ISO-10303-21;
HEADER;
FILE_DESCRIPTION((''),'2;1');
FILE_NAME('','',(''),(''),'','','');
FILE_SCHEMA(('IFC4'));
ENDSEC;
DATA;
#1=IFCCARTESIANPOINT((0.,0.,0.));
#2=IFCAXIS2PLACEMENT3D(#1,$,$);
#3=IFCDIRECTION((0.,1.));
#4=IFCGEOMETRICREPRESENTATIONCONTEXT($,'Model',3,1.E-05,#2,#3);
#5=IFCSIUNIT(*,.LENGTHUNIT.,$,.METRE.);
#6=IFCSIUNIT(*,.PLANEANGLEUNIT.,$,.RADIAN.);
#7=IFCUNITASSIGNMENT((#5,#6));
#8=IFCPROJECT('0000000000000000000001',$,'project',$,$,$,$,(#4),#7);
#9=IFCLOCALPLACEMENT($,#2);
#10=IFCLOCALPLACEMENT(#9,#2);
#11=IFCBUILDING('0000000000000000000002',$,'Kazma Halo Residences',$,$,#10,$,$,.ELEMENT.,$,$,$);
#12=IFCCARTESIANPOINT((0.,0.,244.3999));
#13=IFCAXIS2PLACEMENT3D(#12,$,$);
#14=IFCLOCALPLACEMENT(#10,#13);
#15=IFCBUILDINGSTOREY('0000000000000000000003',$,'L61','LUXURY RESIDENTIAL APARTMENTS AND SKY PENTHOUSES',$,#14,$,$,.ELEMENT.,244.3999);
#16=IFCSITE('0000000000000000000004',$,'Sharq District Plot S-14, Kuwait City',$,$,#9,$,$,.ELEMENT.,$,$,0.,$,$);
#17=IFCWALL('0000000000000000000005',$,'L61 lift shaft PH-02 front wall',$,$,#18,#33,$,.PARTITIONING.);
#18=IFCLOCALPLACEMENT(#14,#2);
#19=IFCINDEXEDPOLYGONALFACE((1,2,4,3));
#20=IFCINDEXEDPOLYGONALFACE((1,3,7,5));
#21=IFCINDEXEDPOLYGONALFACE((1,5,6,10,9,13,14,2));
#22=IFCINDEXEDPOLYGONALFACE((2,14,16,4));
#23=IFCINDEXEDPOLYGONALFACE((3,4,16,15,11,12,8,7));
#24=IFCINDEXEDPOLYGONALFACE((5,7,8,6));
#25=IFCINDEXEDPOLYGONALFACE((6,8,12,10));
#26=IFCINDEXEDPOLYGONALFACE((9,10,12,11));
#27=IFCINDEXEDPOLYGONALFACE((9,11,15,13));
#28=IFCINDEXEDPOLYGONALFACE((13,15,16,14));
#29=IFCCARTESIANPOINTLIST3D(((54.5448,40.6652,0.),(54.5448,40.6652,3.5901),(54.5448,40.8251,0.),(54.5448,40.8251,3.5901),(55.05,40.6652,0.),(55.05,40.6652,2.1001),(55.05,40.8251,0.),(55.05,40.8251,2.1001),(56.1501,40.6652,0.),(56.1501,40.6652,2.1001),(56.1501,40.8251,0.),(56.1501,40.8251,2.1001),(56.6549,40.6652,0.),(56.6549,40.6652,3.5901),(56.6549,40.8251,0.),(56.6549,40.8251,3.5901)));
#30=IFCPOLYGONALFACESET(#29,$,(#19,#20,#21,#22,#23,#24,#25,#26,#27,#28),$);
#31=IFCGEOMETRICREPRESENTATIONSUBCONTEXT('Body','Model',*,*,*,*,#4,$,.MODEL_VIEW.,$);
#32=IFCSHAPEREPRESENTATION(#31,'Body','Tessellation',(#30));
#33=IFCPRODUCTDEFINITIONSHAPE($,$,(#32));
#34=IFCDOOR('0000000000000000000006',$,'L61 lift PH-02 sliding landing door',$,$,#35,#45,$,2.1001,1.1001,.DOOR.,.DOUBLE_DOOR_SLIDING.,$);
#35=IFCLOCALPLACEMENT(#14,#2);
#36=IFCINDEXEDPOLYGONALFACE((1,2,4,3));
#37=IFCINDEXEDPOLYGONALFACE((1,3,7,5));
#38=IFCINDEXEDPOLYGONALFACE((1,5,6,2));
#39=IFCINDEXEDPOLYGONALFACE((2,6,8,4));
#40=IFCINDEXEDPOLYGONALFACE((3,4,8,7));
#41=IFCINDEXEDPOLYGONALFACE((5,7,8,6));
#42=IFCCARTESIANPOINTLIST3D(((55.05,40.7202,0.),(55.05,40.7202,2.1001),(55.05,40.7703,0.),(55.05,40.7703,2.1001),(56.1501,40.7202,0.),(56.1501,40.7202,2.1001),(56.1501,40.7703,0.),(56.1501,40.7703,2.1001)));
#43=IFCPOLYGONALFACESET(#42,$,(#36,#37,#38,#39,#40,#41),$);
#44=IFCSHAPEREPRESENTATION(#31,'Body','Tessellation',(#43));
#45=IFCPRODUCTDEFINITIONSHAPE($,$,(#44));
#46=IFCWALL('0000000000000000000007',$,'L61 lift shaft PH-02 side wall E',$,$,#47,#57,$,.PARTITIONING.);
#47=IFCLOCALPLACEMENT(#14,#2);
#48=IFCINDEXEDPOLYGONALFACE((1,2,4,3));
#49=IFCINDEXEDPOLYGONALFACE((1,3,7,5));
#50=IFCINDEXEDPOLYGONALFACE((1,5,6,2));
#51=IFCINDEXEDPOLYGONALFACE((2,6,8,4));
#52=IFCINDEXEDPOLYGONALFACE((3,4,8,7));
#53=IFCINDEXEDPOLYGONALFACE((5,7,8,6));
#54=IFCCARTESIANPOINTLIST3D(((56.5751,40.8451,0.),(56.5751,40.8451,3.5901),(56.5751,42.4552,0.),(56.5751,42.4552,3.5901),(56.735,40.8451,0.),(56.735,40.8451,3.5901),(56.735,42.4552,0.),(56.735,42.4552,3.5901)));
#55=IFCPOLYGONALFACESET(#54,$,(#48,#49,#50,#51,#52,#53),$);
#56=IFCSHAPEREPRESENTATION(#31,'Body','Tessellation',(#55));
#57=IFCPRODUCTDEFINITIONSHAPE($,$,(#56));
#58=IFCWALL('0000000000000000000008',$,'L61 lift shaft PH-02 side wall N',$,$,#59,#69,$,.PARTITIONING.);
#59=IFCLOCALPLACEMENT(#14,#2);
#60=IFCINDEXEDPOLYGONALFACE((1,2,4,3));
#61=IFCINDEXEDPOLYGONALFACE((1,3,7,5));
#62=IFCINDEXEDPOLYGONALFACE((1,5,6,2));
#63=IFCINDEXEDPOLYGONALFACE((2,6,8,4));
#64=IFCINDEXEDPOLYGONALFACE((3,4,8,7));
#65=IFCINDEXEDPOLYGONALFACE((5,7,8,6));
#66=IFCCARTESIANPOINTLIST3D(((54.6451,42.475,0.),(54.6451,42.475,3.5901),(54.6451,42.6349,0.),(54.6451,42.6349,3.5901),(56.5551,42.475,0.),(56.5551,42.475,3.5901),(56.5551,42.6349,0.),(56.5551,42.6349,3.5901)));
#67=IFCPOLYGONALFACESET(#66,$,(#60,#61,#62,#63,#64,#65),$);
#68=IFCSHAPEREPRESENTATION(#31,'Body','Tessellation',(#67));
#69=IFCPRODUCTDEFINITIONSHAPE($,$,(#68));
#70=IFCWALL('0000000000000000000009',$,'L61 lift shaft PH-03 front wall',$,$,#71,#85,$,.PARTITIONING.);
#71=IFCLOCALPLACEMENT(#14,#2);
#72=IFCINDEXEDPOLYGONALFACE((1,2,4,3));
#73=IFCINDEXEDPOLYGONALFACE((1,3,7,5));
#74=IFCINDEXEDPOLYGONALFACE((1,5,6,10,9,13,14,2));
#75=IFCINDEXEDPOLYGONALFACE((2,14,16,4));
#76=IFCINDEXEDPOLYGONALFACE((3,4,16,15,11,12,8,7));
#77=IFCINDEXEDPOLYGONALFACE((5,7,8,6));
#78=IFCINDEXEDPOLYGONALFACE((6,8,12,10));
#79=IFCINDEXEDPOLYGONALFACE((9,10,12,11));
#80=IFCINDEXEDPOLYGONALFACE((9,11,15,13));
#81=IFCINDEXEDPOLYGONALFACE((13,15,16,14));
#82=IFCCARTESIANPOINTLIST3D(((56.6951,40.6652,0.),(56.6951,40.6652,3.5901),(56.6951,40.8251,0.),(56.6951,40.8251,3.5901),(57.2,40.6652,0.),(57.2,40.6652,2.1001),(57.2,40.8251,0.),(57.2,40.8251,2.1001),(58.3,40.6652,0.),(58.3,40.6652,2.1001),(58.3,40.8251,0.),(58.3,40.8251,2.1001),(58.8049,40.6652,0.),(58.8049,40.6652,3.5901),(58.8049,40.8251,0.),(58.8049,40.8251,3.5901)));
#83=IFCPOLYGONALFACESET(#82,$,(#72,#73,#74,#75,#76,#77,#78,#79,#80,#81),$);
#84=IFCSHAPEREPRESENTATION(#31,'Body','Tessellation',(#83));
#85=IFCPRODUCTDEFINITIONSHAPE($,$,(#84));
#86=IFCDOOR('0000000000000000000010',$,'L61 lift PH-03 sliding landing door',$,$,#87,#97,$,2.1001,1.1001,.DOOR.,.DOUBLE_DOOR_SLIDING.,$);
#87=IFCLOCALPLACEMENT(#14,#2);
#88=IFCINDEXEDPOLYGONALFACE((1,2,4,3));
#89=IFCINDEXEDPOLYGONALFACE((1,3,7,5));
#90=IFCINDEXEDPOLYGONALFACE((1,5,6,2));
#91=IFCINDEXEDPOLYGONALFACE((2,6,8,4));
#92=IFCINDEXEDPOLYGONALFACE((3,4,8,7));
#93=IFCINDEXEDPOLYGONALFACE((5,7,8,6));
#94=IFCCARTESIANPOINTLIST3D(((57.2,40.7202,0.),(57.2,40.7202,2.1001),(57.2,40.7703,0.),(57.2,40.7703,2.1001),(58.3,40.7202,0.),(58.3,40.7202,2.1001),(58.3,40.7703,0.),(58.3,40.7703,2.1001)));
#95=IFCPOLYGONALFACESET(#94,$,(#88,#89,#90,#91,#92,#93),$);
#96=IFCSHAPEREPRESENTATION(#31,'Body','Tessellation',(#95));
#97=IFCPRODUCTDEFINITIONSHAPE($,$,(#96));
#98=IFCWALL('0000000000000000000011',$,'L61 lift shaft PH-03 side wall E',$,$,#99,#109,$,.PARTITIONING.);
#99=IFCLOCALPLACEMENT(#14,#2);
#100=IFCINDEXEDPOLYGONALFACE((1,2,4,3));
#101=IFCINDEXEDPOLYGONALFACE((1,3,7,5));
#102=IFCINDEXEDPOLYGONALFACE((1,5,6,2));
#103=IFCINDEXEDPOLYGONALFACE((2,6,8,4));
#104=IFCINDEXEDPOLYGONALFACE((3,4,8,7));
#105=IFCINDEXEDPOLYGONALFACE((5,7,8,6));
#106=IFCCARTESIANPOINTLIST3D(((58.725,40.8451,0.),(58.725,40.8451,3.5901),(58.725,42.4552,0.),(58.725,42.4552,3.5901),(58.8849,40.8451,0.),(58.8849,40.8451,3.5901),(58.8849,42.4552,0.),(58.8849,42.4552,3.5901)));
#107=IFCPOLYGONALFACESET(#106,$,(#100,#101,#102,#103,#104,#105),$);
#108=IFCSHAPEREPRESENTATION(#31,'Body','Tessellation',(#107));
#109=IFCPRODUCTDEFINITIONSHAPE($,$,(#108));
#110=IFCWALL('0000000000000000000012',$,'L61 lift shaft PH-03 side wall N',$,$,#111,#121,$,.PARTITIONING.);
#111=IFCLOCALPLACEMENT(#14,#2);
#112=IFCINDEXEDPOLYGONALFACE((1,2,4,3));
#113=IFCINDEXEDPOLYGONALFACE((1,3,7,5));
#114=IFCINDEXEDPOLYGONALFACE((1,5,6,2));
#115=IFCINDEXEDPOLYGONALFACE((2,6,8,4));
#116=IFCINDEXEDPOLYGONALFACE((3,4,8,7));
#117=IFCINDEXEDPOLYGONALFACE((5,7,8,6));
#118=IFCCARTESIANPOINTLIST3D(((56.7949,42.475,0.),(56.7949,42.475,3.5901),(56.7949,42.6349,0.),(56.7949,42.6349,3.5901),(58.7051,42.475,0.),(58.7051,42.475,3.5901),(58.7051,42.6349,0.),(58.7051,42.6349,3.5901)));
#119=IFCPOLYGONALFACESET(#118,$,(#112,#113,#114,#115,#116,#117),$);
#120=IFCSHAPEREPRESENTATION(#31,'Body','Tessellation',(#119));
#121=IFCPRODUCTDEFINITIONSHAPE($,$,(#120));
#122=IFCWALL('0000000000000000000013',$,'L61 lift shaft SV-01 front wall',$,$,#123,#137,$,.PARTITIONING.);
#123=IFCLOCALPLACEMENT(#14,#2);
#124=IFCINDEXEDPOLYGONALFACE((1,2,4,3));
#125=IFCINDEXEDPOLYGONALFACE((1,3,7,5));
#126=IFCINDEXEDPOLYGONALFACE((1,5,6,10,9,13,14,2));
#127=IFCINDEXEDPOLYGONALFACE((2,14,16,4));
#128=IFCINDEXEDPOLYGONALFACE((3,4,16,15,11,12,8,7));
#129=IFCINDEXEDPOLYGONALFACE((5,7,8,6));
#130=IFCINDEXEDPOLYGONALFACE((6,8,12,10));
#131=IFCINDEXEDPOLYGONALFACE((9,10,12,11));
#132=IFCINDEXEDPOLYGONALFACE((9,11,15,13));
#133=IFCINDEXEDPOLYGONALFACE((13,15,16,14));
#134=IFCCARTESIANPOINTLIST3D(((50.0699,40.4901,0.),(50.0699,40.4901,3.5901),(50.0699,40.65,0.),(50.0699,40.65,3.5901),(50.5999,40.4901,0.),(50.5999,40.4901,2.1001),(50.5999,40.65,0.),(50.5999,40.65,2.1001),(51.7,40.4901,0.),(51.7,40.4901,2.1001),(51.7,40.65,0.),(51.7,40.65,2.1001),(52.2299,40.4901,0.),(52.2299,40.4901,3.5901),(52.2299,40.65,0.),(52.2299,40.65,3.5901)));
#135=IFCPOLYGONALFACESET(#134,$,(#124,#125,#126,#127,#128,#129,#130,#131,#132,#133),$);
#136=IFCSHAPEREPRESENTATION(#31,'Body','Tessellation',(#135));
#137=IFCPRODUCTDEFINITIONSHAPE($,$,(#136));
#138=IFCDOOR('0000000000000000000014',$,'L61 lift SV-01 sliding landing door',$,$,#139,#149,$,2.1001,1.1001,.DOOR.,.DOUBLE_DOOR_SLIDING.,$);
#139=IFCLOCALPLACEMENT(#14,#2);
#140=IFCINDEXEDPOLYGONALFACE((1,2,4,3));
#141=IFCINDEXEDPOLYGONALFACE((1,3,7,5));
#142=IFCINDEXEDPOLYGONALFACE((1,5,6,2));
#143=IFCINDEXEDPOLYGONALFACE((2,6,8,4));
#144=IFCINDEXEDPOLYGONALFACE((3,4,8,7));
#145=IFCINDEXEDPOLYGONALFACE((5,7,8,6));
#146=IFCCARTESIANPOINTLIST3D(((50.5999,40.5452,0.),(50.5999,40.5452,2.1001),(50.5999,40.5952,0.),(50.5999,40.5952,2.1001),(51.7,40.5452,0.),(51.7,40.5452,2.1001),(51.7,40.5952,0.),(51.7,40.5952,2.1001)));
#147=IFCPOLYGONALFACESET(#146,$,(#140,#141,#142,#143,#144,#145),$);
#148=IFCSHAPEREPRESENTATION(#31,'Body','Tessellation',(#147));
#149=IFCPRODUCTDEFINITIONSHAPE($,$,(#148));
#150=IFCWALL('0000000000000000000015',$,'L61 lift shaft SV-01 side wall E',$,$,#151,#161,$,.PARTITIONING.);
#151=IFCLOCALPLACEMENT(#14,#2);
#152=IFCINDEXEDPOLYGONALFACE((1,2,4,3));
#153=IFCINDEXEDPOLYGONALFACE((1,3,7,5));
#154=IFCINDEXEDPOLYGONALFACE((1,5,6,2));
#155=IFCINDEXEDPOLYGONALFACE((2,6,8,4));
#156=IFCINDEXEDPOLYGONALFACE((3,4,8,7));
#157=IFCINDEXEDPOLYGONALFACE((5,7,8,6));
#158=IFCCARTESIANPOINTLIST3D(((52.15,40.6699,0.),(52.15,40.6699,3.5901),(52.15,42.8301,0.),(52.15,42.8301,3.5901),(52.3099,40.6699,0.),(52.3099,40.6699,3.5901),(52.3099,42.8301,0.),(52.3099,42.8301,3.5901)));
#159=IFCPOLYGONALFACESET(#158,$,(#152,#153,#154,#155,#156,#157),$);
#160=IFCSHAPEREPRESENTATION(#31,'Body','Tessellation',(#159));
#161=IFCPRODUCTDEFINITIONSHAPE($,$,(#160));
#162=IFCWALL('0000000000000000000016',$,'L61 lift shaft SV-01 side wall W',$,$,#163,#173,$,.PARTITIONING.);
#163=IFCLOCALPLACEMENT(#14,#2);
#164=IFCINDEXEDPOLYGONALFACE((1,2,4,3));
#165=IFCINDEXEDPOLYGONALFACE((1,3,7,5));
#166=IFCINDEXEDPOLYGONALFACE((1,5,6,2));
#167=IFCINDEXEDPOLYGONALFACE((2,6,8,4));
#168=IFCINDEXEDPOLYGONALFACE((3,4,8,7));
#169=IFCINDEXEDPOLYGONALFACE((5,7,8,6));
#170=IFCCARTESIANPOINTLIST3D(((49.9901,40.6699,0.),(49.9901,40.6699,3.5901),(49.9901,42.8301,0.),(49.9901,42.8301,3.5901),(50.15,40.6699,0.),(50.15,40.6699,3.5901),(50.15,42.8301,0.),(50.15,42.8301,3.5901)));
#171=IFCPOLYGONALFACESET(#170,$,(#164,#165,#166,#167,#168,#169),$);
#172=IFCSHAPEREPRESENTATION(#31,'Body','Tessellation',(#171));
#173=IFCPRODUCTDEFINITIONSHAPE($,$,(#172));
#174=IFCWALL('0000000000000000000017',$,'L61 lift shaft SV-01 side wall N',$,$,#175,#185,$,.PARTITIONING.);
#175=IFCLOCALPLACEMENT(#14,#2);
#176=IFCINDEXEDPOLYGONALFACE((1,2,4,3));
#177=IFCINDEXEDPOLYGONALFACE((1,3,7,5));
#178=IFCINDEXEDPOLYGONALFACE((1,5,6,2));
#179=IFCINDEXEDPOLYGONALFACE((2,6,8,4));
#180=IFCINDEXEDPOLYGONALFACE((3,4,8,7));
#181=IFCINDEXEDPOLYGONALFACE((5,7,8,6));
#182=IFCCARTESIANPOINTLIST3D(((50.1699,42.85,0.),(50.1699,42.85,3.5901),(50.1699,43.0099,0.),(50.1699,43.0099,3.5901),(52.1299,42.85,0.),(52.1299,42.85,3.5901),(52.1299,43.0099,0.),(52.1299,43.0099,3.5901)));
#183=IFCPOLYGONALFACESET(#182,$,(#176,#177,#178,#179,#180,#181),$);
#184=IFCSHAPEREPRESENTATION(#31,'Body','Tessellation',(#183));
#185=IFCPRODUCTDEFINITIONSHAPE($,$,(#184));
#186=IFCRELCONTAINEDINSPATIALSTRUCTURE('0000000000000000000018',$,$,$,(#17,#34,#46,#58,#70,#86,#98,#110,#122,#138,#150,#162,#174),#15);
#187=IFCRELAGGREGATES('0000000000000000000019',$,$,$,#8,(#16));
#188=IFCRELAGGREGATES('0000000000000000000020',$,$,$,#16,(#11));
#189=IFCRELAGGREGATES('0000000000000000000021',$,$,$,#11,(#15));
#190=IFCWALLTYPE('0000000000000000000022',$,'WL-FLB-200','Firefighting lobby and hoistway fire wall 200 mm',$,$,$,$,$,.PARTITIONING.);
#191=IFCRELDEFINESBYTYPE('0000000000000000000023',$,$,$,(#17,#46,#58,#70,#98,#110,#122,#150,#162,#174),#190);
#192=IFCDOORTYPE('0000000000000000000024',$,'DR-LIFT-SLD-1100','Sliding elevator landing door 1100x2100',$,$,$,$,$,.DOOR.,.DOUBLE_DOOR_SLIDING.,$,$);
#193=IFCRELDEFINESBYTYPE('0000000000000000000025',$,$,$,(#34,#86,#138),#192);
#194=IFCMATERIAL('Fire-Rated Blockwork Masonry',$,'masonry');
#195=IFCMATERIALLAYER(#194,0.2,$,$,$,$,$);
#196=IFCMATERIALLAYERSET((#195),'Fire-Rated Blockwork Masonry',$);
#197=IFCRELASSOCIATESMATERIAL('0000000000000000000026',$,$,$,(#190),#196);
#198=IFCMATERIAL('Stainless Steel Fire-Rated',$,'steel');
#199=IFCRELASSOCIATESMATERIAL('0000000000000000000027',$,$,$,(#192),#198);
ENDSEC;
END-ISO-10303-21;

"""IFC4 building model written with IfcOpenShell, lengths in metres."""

from ifc_helpers import new_model, si_unit, direction, frame, frame_2d, origin, place, context, subcontext, project, spatial, rectangle, extrude, material, layer, layer_set, type_object, element, fill, save


model = new_model("IFC4")

# Units and contexts
model_context = context("Model", 3, precision=1e-05, world=origin(), true_north=direction((0.0, 1.0)))
body_context = subcontext(model_context, "Body", "Model", "MODEL_VIEW")
ifc_project = project(units=[si_unit("LENGTHUNIT", "METRE"), si_unit("PLANEANGLEUNIT", "RADIAN")], contexts=[model_context])

# Site, building, storey
site_placement = place(None, origin())
site = spatial("IfcSite", under=ifc_project, at=site_placement, Name="Sharq District Plot S-14, Kuwait City", CompositionType="ELEMENT", RefElevation=0.0)
building_placement = place(site_placement, origin())
building = spatial("IfcBuilding", under=site, at=building_placement, Name="Kazma Halo Residences", CompositionType="ELEMENT")
storey_placement = place(building_placement, frame((0.0, 0.0, 244.3999)))
storey = spatial("IfcBuildingStorey", under=building, at=storey_placement, Name="L61", Description="LUXURY RESIDENTIAL APARTMENTS AND SKY PENTHOUSES", CompositionType="ELEMENT", Elevation=244.3999)

# Shared definitions
ifc_material_1 = material(Name="Fire-Rated Blockwork Masonry", Category="masonry")
ifc_layer_1 = layer(ifc_material_1, 0.2)
ifc_layer_set_1 = layer_set([ifc_layer_1], Name="Fire-Rated Blockwork Masonry")
wall_type_1 = type_object("IfcWallType", Name="WL-FLB-200", Description="Firefighting lobby and hoistway fire wall 200 mm", PredefinedType="PARTITIONING", material=ifc_layer_set_1)
ifc_material_2 = material(Name="Stainless Steel Fire-Rated", Category="steel")
door_type_1 = type_object("IfcDoorType", Name="DR-LIFT-SLD-1100", Description="Sliding elevator landing door 1100x2100", OperationType="DOUBLE_DOOR_SLIDING", PredefinedType="DOOR", material=ifc_material_2)

# Wall, opening, door
wall_1_placement = place(storey_placement, frame((56.655, 40.7451, 0.0), z_axis=(0.0, 0.0, 1.0), x_axis=(-1.0, 0.0, 0.0)))
wall_1 = element("IfcWall", 1, at=wall_1_placement, inside=storey, type_object=wall_type_1, Name="L61 lift shaft PH-02 front wall", PredefinedType="PARTITIONING", context=body_context, shape_type="SweptSolid", body=[
    extrude(rectangle(XDim=2.1101, YDim=0.1599, at=frame_2d((1.0552, 0.0))), origin(), (0.0, 0.0, 1.0), 3.5901),
])
opening_1_placement = place(wall_1_placement, frame((0.5049, 0.0, 0.0)))
opening_1 = element("IfcOpeningElement", 2, at=opening_1_placement, cuts=wall_1, PredefinedType="OPENING", context=body_context, shape_type="SweptSolid", body=[
    extrude(rectangle(XDim=1.1001, YDim=2.1001, at=frame_2d((0.55, 1.05))), frame((0.0, 0.0898, 0.0), z_axis=(0.0, -1.0, 0.0), x_axis=(1.0, 0.0, 0.0)), (0.0, 0.0, 1.0), 0.1799),
])
door_1_placement = place(opening_1_placement, origin())
door_1 = element("IfcDoor", 3, at=door_1_placement, inside=storey, type_object=door_type_1, Name="L61 lift PH-02 sliding landing door", OperationType="DOUBLE_DOOR_SLIDING", OverallHeight=2.1001, OverallWidth=1.1001, PredefinedType="DOOR", context=body_context, shape_type="SweptSolid", body=[
    extrude(rectangle(XDim=1.1001, YDim=2.1001, at=frame_2d((0.55, 1.05))), frame((0.0, 0.0249, 0.0), z_axis=(0.0, -1.0, 0.0), x_axis=(1.0, 0.0, 0.0)), (0.0, 0.0, 1.0), 0.05),
])
fill(opening_1, door_1)

# Walls
wall_2_placement = place(storey_placement, frame((56.655, 40.845, 0.0), z_axis=(0.0, 0.0, 1.0), x_axis=(0.0, 1.0, 0.0)))
element("IfcWall", 4, at=wall_2_placement, inside=storey, type_object=wall_type_1, Name="L61 lift shaft PH-02 side wall E", PredefinedType="PARTITIONING", context=body_context, shape_type="SweptSolid", body=[
    extrude(rectangle(XDim=1.6101, YDim=0.1599, at=frame_2d((0.8052, 0.0))), origin(), (0.0, 0.0, 1.0), 3.5901),
])
wall_3_placement = place(storey_placement, frame((54.645, 42.5549, 0.0), z_axis=(0.0, 0.0, 1.0), x_axis=(1.0, 0.0, 0.0)))
element("IfcWall", 5, at=wall_3_placement, inside=storey, type_object=wall_type_1, Name="L61 lift shaft PH-02 side wall N", PredefinedType="PARTITIONING", context=body_context, shape_type="SweptSolid", body=[
    extrude(rectangle(XDim=1.9099, YDim=0.1599, at=frame_2d((0.9551, 0.0))), origin(), (0.0, 0.0, 1.0), 3.5901),
])

# Wall, opening, door
wall_4_placement = place(storey_placement, frame((58.8049, 40.7451, 0.0), z_axis=(0.0, 0.0, 1.0), x_axis=(-1.0, 0.0, 0.0)))
wall_4 = element("IfcWall", 6, at=wall_4_placement, inside=storey, type_object=wall_type_1, Name="L61 lift shaft PH-03 front wall", PredefinedType="PARTITIONING", context=body_context, shape_type="SweptSolid", body=[
    extrude(rectangle(XDim=2.1099, YDim=0.1599, at=frame_2d((1.0549, 0.0))), origin(), (0.0, 0.0, 1.0), 3.5901),
])
opening_2_placement = place(wall_4_placement, frame((0.5049, 0.0, 0.0)))
opening_2 = element("IfcOpeningElement", 7, at=opening_2_placement, cuts=wall_4, PredefinedType="OPENING", context=body_context, shape_type="SweptSolid", body=[
    extrude(rectangle(XDim=1.1001, YDim=2.1001, at=frame_2d((0.55, 1.05))), frame((0.0, 0.0898, 0.0), z_axis=(0.0, -1.0, 0.0), x_axis=(1.0, 0.0, 0.0)), (0.0, 0.0, 1.0), 0.1799),
])
door_2_placement = place(opening_2_placement, origin())
door_2 = element("IfcDoor", 8, at=door_2_placement, inside=storey, type_object=door_type_1, Name="L61 lift PH-03 sliding landing door", OperationType="DOUBLE_DOOR_SLIDING", OverallHeight=2.1001, OverallWidth=1.1001, PredefinedType="DOOR", context=body_context, shape_type="SweptSolid", body=[
    extrude(rectangle(XDim=1.1001, YDim=2.1001, at=frame_2d((0.55, 1.05))), frame((0.0, 0.0249, 0.0), z_axis=(0.0, -1.0, 0.0), x_axis=(1.0, 0.0, 0.0)), (0.0, 0.0, 1.0), 0.05),
])
fill(opening_2, door_2)

# Walls
wall_5_placement = place(storey_placement, frame((58.8049, 40.845, 0.0), z_axis=(0.0, 0.0, 1.0), x_axis=(0.0, 1.0, 0.0)))
element("IfcWall", 9, at=wall_5_placement, inside=storey, type_object=wall_type_1, Name="L61 lift shaft PH-03 side wall E", PredefinedType="PARTITIONING", context=body_context, shape_type="SweptSolid", body=[
    extrude(rectangle(XDim=1.6101, YDim=0.1599, at=frame_2d((0.8052, 0.0))), origin(), (0.0, 0.0, 1.0), 3.5901),
])
wall_6_placement = place(storey_placement, frame((56.7949, 42.5549, 0.0), z_axis=(0.0, 0.0, 1.0), x_axis=(1.0, 0.0, 0.0)))
element("IfcWall", 10, at=wall_6_placement, inside=storey, type_object=wall_type_1, Name="L61 lift shaft PH-03 side wall N", PredefinedType="PARTITIONING", context=body_context, shape_type="SweptSolid", body=[
    extrude(rectangle(XDim=1.9102, YDim=0.1599, at=frame_2d((0.9551, 0.0))), origin(), (0.0, 0.0, 1.0), 3.5901),
])

# Wall, opening, door
wall_7_placement = place(storey_placement, frame((52.23, 40.5701, 0.0), z_axis=(0.0, 0.0, 1.0), x_axis=(-1.0, 0.0, 0.0)))
wall_7 = element("IfcWall", 11, at=wall_7_placement, inside=storey, type_object=wall_type_1, Name="L61 lift shaft SV-01 front wall", PredefinedType="PARTITIONING", context=body_context, shape_type="SweptSolid", body=[
    extrude(rectangle(XDim=2.1599, YDim=0.1599, at=frame_2d((1.0801, 0.0))), origin(), (0.0, 0.0, 1.0), 3.5901),
])
opening_3_placement = place(wall_7_placement, frame((0.53, 0.0, 0.0)))
opening_3 = element("IfcOpeningElement", 12, at=opening_3_placement, cuts=wall_7, PredefinedType="OPENING", context=body_context, shape_type="SweptSolid", body=[
    extrude(rectangle(XDim=1.1001, YDim=2.1001, at=frame_2d((0.55, 1.05))), frame((0.0, 0.0898, 0.0), z_axis=(0.0, -1.0, 0.0), x_axis=(1.0, 0.0, 0.0)), (0.0, 0.0, 1.0), 0.1799),
])
door_3_placement = place(opening_3_placement, origin())
door_3 = element("IfcDoor", 13, at=door_3_placement, inside=storey, type_object=door_type_1, Name="L61 lift SV-01 sliding landing door", OperationType="DOUBLE_DOOR_SLIDING", OverallHeight=2.1001, OverallWidth=1.1001, PredefinedType="DOOR", context=body_context, shape_type="SweptSolid", body=[
    extrude(rectangle(XDim=1.1001, YDim=2.1001, at=frame_2d((0.55, 1.05))), frame((0.0, 0.0249, 0.0), z_axis=(0.0, -1.0, 0.0), x_axis=(1.0, 0.0, 0.0)), (0.0, 0.0, 1.0), 0.05),
])
fill(opening_3, door_3)

# Walls
for number, where, z_axis, x_axis, name in (
    (14, (52.23, 40.6699, 0.0), (0.0, 0.0, 1.0), (0.0, 1.0, 0.0), "L61 lift shaft SV-01 side wall E"),
    (15, (50.0701, 40.6699, 0.0), (0.0, 0.0, 1.0), (0.0, 1.0, 0.0), "L61 lift shaft SV-01 side wall W"),
):
    element("IfcWall", number, at=place(storey_placement, frame(where, z_axis=z_axis, x_axis=x_axis)), inside=storey, type_object=wall_type_1, Name=name, PredefinedType="PARTITIONING", context=body_context, shape_type="SweptSolid", body=[
        extrude(rectangle(XDim=2.1602, YDim=0.1599, at=frame_2d((1.0801, 0.0))), origin(), (0.0, 0.0, 1.0), 3.5901),
    ])
wall_8_placement = place(storey_placement, frame((50.1699, 42.9299, 0.0), z_axis=(0.0, 0.0, 1.0), x_axis=(1.0, 0.0, 0.0)))
element("IfcWall", 16, at=wall_8_placement, inside=storey, type_object=wall_type_1, Name="L61 lift shaft SV-01 side wall N", PredefinedType="PARTITIONING", context=body_context, shape_type="SweptSolid", body=[
    extrude(rectangle(XDim=1.96, YDim=0.1599, at=frame_2d((0.98, 0.0))), origin(), (0.0, 0.0, 1.0), 3.5901),
])

save(model, "model.ifc")
